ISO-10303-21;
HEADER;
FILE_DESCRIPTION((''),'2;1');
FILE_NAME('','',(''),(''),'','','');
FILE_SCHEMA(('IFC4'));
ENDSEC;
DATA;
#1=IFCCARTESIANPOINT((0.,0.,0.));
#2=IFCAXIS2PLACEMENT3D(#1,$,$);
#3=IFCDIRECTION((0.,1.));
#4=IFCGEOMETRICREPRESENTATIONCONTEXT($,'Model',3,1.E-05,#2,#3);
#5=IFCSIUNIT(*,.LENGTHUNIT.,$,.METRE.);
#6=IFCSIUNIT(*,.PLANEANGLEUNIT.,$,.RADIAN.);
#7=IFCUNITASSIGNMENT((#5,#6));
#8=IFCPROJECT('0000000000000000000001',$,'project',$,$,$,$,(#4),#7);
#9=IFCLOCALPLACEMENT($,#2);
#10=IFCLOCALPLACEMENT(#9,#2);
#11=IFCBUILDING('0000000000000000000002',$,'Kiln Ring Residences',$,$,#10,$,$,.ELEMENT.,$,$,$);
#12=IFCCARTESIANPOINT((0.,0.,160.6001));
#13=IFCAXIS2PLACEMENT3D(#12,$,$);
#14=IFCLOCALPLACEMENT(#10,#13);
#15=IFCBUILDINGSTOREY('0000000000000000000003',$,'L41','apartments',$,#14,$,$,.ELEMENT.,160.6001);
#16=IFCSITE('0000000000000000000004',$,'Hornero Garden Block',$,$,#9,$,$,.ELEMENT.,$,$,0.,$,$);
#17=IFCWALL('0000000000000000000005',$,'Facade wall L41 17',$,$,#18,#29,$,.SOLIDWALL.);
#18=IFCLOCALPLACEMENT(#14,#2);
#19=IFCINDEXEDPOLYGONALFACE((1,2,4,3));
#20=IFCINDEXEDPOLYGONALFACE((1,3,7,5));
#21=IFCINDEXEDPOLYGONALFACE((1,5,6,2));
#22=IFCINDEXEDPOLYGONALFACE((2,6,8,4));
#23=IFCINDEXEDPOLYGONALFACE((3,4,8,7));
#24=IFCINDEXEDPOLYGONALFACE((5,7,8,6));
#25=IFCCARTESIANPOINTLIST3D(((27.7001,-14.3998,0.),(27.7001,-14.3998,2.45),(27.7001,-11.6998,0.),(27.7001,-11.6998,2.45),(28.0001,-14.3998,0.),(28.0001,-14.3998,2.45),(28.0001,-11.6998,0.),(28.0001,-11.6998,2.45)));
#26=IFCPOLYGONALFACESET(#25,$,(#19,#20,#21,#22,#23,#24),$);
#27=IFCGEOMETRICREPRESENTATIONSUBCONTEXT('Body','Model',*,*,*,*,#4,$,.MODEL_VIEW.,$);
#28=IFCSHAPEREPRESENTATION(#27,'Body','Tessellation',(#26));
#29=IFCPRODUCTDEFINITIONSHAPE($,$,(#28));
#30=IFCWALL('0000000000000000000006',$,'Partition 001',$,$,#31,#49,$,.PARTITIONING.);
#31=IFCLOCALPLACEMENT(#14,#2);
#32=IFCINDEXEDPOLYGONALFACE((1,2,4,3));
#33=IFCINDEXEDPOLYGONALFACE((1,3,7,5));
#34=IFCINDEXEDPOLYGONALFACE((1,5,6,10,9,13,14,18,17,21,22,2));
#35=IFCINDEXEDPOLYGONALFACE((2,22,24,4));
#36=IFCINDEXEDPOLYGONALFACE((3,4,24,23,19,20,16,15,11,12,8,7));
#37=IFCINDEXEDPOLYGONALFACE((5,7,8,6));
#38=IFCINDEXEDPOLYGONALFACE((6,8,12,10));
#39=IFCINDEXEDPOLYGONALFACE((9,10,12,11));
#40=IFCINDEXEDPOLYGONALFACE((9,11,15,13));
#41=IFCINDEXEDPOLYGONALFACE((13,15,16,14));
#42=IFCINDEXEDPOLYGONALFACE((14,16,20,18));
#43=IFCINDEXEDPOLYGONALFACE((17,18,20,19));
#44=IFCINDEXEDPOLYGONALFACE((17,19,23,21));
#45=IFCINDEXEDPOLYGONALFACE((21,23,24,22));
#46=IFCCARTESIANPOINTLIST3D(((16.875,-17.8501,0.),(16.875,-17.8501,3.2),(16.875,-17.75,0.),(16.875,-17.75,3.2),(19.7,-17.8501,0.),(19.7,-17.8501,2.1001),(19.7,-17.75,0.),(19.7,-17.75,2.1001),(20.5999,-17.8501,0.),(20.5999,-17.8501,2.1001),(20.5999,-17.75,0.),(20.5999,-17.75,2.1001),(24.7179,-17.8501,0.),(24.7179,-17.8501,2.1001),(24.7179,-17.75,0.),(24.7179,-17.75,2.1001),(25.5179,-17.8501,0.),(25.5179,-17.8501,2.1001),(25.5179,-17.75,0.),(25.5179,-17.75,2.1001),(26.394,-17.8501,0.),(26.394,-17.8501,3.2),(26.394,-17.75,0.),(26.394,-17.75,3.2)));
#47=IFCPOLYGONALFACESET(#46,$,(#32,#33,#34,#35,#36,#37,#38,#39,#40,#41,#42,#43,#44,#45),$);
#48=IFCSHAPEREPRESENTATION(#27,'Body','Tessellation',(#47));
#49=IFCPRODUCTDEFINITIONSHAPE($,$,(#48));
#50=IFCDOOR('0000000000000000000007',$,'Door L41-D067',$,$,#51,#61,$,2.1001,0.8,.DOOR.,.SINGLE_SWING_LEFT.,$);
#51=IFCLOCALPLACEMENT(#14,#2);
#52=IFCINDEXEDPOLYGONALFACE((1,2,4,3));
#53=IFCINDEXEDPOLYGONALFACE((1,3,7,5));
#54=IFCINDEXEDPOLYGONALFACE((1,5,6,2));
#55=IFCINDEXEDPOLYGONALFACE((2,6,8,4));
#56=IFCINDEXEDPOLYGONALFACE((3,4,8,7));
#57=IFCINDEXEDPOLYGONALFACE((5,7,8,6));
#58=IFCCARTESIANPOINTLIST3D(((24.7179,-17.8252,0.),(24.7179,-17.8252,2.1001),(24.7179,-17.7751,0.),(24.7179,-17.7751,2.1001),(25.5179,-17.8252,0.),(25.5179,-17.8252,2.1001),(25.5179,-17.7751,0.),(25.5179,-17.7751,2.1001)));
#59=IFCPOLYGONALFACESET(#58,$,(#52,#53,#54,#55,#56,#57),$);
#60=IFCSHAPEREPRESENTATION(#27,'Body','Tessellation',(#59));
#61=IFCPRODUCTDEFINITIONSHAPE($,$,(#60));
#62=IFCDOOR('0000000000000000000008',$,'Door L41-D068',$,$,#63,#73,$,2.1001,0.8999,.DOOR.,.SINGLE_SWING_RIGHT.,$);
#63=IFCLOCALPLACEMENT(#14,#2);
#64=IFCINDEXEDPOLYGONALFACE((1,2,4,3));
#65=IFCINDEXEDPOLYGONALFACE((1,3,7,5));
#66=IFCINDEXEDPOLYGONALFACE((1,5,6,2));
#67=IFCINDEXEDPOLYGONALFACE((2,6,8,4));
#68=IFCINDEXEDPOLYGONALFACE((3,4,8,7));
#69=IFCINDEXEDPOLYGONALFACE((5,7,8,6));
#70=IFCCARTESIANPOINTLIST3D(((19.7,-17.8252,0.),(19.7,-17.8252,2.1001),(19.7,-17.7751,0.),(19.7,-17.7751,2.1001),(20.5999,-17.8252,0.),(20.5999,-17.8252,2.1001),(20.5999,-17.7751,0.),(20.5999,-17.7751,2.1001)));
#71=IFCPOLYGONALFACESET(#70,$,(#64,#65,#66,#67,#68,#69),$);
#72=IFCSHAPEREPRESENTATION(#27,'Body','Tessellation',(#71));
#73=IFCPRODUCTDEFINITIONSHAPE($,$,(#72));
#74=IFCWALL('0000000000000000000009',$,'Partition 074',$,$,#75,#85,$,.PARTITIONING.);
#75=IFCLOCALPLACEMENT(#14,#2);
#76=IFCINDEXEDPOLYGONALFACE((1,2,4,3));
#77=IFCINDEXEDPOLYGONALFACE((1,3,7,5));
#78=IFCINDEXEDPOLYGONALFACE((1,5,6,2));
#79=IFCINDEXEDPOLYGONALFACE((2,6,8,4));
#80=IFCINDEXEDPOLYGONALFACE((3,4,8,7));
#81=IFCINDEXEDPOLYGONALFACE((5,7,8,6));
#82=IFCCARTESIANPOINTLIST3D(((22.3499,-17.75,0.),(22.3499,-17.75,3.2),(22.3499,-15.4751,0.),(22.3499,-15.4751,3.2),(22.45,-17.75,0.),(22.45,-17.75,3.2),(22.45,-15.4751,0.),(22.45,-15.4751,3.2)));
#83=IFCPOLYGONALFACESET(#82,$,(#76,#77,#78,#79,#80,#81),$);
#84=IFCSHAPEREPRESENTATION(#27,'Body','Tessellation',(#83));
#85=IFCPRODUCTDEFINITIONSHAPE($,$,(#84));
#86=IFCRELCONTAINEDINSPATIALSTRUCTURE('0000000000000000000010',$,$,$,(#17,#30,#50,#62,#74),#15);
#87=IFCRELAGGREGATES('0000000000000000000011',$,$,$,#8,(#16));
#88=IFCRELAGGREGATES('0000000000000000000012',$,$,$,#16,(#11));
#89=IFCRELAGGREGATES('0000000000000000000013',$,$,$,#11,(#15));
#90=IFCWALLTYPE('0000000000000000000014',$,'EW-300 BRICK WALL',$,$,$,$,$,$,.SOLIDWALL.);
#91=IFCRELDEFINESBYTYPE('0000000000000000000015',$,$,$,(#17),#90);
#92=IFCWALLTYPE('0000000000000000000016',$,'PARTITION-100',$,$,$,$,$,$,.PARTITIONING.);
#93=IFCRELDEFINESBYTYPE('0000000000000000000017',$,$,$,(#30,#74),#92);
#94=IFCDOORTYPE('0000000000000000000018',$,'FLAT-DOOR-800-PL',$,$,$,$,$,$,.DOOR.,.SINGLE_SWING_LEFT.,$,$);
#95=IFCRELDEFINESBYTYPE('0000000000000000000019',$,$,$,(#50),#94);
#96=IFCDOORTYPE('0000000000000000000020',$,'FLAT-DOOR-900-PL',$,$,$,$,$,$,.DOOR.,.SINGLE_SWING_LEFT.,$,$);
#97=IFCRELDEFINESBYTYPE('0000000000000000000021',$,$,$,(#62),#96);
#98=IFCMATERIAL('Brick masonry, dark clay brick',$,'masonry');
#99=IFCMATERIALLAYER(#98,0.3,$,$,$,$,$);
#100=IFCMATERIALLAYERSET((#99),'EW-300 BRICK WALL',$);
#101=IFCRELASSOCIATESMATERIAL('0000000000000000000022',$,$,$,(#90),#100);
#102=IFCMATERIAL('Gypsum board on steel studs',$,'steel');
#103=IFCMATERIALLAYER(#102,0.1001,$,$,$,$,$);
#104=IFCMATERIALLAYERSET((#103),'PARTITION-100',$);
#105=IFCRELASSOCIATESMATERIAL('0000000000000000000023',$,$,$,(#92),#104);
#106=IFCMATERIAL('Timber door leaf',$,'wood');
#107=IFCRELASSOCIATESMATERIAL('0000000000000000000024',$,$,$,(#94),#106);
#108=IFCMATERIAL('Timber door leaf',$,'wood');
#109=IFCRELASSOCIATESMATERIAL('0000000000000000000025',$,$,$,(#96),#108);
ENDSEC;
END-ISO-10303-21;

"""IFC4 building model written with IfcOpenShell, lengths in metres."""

from ifc_helpers import new_model, si_unit, direction, frame, frame_2d, origin, place, context, subcontext, project, spatial, rectangle, extrude, material, layer, layer_set, type_object, element, fill, save


model = new_model("IFC4")

# Units and contexts
model_context = context("Model", 3, precision=1e-05, world=origin(), true_north=direction((0.0, 1.0)))
body_context = subcontext(model_context, "Body", "Model", "MODEL_VIEW")
ifc_project = project(units=[si_unit("LENGTHUNIT", "METRE"), si_unit("PLANEANGLEUNIT", "RADIAN")], contexts=[model_context])

# Site, building, storey
site_placement = place(None, origin())
site = spatial("IfcSite", under=ifc_project, at=site_placement, Name="Hornero Garden Block", CompositionType="ELEMENT", RefElevation=0.0)
building_placement = place(site_placement, origin())
building = spatial("IfcBuilding", under=site, at=building_placement, Name="Kiln Ring Residences", CompositionType="ELEMENT")
storey_placement = place(building_placement, frame((0.0, 0.0, 160.6001)))
storey = spatial("IfcBuildingStorey", under=building, at=storey_placement, Name="L41", Description="apartments", CompositionType="ELEMENT", Elevation=160.6001)

# Wall
ifc_material_1 = material(Name="Brick masonry, dark clay brick", Category="masonry")
ifc_layer_1 = layer(ifc_material_1, 0.3)
ifc_layer_set_1 = layer_set([ifc_layer_1], Name="EW-300 BRICK WALL")
wall_type_1 = type_object("IfcWallType", Name="EW-300 BRICK WALL", PredefinedType="SOLIDWALL", material=ifc_layer_set_1)
wall_1_placement = place(storey_placement, frame((27.8501, -14.3999, 0.0), z_axis=(0.0, 0.0, 1.0), x_axis=(0.0, 1.0, 0.0)))
element("IfcWall", 1, at=wall_1_placement, inside=storey, type_object=wall_type_1, Name="Facade wall L41 17", PredefinedType="SOLIDWALL", context=body_context, shape_type="SweptSolid", body=[
    extrude(rectangle(XDim=2.7, YDim=0.3, at=frame_2d((1.3501, 0.0))), origin(), (0.0, 0.0, 1.0), 2.45),
])

# Wall, openings, doors
ifc_material_2 = material(Name="Gypsum board on steel studs", Category="steel")
ifc_layer_2 = layer(ifc_material_2, 0.1001)
ifc_layer_set_2 = layer_set([ifc_layer_2], Name="PARTITION-100")
wall_type_2 = type_object("IfcWallType", Name="PARTITION-100", PredefinedType="PARTITIONING", material=ifc_layer_set_2)
wall_2_placement = place(storey_placement, frame((16.875, -17.8, 0.0), z_axis=(0.0, 0.0, 1.0), x_axis=(1.0, 0.0, 0.0)))
wall_2 = element("IfcWall", 2, at=wall_2_placement, inside=storey, type_object=wall_type_2, Name="Partition 001", PredefinedType="PARTITIONING", context=body_context, shape_type="SweptSolid", body=[
    extrude(rectangle(XDim=9.519, YDim=0.1001, at=frame_2d((4.7595, 0.0))), origin(), (0.0, 0.0, 1.0), 3.2),
])
opening_1_placement = place(wall_2_placement, frame((7.843, 0.0, 0.0)))
opening_1 = element("IfcOpeningElement", 3, at=opening_1_placement, cuts=wall_2, PredefinedType="OPENING", context=body_context, shape_type="SweptSolid", body=[
    extrude(rectangle(XDim=0.8, YDim=2.1001, at=frame_2d((0.3999, 1.05))), frame((0.0, 0.0601, 0.0), z_axis=(0.0, -1.0, 0.0), x_axis=(1.0, 0.0, 0.0)), (0.0, 0.0, 1.0), 0.1201),
])
opening_2_placement = place(wall_2_placement, frame((2.825, 0.0, 0.0)))
opening_2 = element("IfcOpeningElement", 4, at=opening_2_placement, cuts=wall_2, PredefinedType="OPENING", context=body_context, shape_type="SweptSolid", body=[
    extrude(rectangle(XDim=0.8999, YDim=2.1001, at=frame_2d((0.45, 1.05))), frame((0.0, 0.0601, 0.0), z_axis=(0.0, -1.0, 0.0), x_axis=(1.0, 0.0, 0.0)), (0.0, 0.0, 1.0), 0.1201),
])
ifc_material_3 = material(Name="Timber door leaf", Category="wood")
door_type_1 = type_object("IfcDoorType", Name="FLAT-DOOR-800-PL", OperationType="SINGLE_SWING_LEFT", PredefinedType="DOOR", material=ifc_material_3)
door_1_placement = place(opening_1_placement, origin())
door_1 = element("IfcDoor", 5, at=door_1_placement, inside=storey, type_object=door_type_1, Name="Door L41-D067", OperationType="SINGLE_SWING_LEFT", OverallHeight=2.1001, OverallWidth=0.8, PredefinedType="DOOR", context=body_context, shape_type="SweptSolid", body=[
    extrude(rectangle(XDim=0.8, YDim=2.1001, at=frame_2d((0.3999, 1.05))), frame((0.0, 0.0249, 0.0), z_axis=(0.0, -1.0, 0.0), x_axis=(1.0, 0.0, 0.0)), (0.0, 0.0, 1.0), 0.05),
])
fill(opening_1, door_1)
ifc_material_4 = material(Name="Timber door leaf", Category="wood")
door_type_2 = type_object("IfcDoorType", Name="FLAT-DOOR-900-PL", OperationType="SINGLE_SWING_LEFT", PredefinedType="DOOR", material=ifc_material_4)
door_2_placement = place(opening_2_placement, origin())
door_2 = element("IfcDoor", 6, at=door_2_placement, inside=storey, type_object=door_type_2, Name="Door L41-D068", OperationType="SINGLE_SWING_RIGHT", OverallHeight=2.1001, OverallWidth=0.8999, PredefinedType="DOOR", context=body_context, shape_type="SweptSolid", body=[
    extrude(rectangle(XDim=0.8999, YDim=2.1001, at=frame_2d((0.45, 1.05))), frame((0.0, 0.0249, 0.0), z_axis=(0.0, -1.0, 0.0), x_axis=(1.0, 0.0, 0.0)), (0.0, 0.0, 1.0), 0.05),
])
fill(opening_2, door_2)

# Wall
wall_3_placement = place(storey_placement, frame((22.3999, -17.75, 0.0), z_axis=(0.0, 0.0, 1.0), x_axis=(0.0, 1.0, 0.0)))
element("IfcWall", 7, at=wall_3_placement, inside=storey, type_object=wall_type_2, Name="Partition 074", PredefinedType="PARTITIONING", context=body_context, shape_type="SweptSolid", body=[
    extrude(rectangle(XDim=2.2749, YDim=0.1001, at=frame_2d((1.1375, 0.0))), origin(), (0.0, 0.0, 1.0), 3.2),
])

save(model, "model.ifc")
